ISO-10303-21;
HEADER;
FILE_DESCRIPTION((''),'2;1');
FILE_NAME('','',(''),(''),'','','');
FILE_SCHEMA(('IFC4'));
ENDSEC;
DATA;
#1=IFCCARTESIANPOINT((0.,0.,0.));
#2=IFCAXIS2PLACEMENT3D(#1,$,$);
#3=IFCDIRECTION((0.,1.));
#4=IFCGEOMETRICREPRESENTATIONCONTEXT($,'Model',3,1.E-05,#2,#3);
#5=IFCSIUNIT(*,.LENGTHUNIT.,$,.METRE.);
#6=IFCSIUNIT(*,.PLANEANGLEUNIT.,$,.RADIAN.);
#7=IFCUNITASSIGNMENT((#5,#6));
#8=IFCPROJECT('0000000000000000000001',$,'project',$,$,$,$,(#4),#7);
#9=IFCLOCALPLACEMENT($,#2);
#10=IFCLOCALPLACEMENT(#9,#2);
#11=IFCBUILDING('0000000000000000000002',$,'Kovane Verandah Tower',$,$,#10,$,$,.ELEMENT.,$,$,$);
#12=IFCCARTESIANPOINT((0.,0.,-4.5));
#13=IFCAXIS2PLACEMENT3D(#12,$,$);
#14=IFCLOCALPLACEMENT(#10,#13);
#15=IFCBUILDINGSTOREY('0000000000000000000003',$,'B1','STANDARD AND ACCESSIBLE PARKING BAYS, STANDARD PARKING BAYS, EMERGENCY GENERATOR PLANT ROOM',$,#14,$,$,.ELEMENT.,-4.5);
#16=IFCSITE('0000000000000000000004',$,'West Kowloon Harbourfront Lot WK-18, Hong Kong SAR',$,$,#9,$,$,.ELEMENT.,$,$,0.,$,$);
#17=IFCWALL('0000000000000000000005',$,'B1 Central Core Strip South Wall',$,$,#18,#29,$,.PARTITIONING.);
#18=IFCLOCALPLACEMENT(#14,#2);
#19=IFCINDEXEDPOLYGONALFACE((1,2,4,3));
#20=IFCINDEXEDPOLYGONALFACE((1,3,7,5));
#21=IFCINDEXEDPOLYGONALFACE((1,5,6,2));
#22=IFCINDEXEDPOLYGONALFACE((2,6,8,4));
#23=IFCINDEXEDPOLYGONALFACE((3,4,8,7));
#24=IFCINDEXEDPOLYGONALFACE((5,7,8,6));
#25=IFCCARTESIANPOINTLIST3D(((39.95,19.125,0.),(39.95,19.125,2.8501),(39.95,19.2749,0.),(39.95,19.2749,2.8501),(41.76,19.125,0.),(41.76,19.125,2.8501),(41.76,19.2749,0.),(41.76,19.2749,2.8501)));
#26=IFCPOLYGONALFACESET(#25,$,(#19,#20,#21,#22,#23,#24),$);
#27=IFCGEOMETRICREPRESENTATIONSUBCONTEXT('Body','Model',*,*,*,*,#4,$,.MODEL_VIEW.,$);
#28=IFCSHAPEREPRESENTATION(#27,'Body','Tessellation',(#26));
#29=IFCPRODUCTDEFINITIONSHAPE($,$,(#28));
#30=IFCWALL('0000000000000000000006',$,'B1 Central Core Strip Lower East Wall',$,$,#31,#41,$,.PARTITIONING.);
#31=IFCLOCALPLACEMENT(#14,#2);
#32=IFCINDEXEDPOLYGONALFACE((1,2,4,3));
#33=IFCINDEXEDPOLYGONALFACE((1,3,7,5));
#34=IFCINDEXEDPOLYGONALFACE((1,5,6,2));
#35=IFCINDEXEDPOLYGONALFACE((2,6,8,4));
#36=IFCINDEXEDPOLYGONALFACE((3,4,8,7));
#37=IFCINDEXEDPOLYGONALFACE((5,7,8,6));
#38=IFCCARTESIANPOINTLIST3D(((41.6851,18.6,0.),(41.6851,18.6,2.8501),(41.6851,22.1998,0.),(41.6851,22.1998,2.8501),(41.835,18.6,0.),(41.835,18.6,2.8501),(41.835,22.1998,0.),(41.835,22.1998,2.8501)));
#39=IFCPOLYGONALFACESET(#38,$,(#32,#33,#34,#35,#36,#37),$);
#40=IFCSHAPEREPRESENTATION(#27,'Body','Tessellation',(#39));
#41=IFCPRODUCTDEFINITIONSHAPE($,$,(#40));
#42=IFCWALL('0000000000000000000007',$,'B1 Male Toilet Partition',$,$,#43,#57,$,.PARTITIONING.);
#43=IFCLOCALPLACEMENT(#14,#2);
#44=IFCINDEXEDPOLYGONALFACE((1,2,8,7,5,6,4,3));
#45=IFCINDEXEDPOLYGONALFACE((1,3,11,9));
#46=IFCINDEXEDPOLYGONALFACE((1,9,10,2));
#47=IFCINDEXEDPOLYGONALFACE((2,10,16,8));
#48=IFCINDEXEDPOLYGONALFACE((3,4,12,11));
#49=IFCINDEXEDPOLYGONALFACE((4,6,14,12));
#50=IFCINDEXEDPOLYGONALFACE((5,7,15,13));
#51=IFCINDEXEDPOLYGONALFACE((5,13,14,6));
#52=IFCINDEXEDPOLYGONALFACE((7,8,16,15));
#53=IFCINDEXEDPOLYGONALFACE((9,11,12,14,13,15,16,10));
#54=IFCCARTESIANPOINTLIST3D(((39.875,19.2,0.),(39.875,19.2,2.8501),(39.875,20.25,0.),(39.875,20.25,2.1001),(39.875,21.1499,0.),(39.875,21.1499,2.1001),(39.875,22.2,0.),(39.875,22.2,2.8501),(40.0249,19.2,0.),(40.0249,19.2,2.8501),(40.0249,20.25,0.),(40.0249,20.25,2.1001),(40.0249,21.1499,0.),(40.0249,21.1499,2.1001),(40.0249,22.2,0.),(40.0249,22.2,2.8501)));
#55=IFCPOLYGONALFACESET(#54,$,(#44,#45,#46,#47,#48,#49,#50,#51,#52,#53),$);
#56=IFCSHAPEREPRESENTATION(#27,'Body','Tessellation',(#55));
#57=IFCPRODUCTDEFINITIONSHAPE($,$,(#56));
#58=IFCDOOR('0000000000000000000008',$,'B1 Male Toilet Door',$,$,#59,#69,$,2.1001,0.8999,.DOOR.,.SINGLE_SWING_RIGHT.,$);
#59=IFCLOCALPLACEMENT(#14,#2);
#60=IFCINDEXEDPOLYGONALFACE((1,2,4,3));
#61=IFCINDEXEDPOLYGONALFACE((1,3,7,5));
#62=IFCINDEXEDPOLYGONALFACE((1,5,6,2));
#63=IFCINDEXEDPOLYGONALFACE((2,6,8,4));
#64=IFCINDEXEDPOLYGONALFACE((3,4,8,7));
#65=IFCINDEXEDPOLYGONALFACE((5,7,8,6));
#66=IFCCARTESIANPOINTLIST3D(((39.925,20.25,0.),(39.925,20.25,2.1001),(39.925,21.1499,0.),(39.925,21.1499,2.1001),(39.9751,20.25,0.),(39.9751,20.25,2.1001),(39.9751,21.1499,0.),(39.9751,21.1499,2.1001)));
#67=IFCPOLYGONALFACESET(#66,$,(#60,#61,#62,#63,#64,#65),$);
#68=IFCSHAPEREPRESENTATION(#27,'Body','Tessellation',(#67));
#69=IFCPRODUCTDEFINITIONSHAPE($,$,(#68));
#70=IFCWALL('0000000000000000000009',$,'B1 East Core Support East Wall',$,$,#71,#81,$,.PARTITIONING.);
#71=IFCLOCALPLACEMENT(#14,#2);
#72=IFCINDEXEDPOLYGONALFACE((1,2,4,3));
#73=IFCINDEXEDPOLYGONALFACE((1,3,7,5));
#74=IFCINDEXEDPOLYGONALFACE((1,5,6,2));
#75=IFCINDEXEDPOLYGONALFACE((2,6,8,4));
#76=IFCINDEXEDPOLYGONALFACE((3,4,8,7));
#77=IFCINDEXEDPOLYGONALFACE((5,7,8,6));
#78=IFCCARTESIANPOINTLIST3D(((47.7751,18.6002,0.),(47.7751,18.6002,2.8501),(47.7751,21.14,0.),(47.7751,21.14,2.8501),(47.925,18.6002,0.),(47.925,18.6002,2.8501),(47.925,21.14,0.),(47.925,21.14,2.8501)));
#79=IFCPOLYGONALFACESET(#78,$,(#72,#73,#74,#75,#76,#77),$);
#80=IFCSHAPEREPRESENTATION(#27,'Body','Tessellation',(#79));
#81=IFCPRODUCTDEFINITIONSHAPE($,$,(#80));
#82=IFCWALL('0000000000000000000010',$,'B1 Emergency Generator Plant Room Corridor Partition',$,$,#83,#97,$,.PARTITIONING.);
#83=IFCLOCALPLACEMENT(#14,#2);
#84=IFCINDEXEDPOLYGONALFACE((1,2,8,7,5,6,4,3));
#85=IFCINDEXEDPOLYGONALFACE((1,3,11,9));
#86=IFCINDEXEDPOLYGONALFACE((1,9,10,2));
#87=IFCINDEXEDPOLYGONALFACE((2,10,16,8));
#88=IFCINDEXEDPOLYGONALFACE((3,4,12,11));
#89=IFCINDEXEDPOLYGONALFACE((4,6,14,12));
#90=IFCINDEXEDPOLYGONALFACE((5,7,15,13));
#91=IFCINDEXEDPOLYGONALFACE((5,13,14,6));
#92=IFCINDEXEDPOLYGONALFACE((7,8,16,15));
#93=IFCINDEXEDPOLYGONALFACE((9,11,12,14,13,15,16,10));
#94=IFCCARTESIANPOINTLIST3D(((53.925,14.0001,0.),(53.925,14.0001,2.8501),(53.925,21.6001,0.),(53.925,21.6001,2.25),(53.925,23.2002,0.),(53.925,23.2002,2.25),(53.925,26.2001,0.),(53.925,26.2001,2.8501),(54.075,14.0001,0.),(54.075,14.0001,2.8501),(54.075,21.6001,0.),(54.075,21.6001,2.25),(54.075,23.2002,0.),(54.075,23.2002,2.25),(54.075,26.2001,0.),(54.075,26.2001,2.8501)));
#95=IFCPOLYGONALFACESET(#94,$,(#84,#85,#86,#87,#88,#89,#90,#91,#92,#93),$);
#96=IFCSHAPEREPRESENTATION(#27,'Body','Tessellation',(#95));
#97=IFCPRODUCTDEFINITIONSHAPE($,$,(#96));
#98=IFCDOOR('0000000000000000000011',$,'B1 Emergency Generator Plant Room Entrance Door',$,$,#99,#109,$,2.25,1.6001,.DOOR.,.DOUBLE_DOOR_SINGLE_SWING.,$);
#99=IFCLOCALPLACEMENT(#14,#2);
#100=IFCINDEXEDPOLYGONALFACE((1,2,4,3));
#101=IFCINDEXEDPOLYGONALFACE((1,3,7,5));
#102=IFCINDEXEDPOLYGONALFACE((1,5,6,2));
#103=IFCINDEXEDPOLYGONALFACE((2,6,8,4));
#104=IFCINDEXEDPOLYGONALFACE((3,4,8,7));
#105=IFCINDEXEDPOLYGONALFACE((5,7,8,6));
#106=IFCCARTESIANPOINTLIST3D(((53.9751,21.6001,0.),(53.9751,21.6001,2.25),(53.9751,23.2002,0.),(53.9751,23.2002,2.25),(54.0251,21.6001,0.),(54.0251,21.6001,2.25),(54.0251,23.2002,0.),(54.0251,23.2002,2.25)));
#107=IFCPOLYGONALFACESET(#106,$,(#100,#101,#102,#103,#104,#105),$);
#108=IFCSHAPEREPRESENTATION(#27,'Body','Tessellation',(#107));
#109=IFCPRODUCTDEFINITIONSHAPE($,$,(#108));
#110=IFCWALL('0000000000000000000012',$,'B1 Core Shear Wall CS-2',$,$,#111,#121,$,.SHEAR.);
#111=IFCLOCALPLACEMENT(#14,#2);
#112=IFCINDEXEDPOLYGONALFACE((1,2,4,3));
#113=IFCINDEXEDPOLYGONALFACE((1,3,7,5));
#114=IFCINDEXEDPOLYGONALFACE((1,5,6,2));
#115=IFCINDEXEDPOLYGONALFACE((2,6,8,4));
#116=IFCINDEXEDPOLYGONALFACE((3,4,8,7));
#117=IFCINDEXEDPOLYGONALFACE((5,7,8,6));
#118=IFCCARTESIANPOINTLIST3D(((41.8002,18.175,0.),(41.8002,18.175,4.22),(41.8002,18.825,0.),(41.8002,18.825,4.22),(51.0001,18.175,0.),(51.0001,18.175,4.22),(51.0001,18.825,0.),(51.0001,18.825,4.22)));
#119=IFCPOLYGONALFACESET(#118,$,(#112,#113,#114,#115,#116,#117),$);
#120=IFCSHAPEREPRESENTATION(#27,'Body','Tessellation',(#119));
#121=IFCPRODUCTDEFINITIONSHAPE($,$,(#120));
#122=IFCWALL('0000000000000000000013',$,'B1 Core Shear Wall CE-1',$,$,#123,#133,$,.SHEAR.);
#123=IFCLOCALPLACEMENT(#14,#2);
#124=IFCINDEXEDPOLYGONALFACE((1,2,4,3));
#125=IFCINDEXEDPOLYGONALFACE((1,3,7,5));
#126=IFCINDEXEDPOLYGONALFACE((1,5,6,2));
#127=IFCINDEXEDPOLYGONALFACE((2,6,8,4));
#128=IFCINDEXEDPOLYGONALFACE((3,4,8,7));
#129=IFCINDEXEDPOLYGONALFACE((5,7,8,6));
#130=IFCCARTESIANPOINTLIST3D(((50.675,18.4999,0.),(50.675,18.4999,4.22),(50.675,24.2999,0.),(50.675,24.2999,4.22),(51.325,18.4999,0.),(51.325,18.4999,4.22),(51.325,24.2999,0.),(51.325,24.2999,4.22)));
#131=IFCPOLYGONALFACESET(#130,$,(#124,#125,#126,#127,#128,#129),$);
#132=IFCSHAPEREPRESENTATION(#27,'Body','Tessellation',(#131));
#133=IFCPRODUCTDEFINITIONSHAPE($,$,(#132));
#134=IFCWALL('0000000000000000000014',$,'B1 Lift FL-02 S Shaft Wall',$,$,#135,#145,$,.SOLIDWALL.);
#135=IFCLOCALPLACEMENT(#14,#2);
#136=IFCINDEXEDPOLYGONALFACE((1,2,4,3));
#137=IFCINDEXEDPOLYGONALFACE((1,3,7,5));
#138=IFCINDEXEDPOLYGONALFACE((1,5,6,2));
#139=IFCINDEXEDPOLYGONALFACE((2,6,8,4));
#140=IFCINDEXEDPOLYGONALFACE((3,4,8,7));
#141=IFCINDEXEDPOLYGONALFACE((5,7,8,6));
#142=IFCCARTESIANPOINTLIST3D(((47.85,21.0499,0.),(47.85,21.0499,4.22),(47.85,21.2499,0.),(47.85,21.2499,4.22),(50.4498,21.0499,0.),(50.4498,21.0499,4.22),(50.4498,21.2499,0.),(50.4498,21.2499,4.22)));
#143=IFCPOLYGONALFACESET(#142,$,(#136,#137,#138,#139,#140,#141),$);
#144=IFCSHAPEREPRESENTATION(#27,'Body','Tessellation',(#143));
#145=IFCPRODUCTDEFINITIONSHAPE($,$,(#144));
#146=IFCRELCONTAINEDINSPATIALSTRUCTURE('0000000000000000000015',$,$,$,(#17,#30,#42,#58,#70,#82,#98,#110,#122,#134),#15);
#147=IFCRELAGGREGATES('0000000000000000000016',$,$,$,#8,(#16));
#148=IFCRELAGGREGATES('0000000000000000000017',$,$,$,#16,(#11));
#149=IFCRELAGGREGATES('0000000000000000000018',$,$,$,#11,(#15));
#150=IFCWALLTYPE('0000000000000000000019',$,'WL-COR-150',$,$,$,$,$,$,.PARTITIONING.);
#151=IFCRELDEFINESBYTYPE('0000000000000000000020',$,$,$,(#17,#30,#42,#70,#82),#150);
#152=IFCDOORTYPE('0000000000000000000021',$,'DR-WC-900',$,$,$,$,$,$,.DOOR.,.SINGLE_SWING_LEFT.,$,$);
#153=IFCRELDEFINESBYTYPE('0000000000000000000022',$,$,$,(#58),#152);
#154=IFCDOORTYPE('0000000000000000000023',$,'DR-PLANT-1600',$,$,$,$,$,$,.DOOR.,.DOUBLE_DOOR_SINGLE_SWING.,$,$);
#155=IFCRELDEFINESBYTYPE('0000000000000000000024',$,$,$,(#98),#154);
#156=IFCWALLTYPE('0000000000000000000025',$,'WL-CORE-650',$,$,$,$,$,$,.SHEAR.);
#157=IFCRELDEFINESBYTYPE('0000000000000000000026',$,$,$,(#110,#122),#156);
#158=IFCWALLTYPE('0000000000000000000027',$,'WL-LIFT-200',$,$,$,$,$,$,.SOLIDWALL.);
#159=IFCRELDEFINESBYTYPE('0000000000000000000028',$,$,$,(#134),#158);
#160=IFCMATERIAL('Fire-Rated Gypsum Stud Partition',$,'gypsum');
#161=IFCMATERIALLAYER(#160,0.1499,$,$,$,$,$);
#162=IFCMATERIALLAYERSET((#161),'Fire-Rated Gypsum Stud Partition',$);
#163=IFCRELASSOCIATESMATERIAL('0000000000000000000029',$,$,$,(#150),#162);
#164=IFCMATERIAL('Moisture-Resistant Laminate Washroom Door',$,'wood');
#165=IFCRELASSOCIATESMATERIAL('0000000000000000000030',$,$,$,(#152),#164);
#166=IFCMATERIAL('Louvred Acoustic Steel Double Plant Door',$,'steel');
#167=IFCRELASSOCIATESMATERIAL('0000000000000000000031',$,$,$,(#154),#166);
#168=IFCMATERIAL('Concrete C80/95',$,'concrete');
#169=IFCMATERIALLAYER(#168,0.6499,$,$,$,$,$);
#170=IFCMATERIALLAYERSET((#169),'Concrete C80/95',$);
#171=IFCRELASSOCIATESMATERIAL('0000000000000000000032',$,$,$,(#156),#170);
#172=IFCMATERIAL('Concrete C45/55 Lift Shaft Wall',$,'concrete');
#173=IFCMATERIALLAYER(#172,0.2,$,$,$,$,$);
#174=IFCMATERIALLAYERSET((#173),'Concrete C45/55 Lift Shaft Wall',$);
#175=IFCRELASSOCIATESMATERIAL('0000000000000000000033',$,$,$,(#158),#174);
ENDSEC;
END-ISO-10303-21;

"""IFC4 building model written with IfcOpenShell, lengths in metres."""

from ifc_helpers import new_model, si_unit, direction, frame, frame_2d, origin, place, context, subcontext, project, spatial, rectangle, extrude, material, layer, layer_set, type_object, element, fill, save


model = new_model("IFC4")

# Units and contexts
model_context = context("Model", 3, precision=1e-05, world=origin(), true_north=direction((0.0, 1.0)))
body_context = subcontext(model_context, "Body", "Model", "MODEL_VIEW")
ifc_project = project(units=[si_unit("LENGTHUNIT", "METRE"), si_unit("PLANEANGLEUNIT", "RADIAN")], contexts=[model_context])

# Site, building, storey
site_placement = place(None, origin())
site = spatial("IfcSite", under=ifc_project, at=site_placement, Name="West Kowloon Harbourfront Lot WK-18, Hong Kong SAR", CompositionType="ELEMENT", RefElevation=0.0)
building_placement = place(site_placement, origin())
building = spatial("IfcBuilding", under=site, at=building_placement, Name="Kovane Verandah Tower", CompositionType="ELEMENT")
storey_placement = place(building_placement, frame((0.0, 0.0, -4.5)))
storey = spatial("IfcBuildingStorey", under=building, at=storey_placement, Name="B1", Description="STANDARD AND ACCESSIBLE PARKING BAYS, STANDARD PARKING BAYS, EMERGENCY GENERATOR PLANT ROOM", CompositionType="ELEMENT", Elevation=-4.5)

# Shared definitions
ifc_material_1 = material(Name="Concrete C80/95", Category="concrete")

# Walls
ifc_material_2 = material(Name="Fire-Rated Gypsum Stud Partition", Category="gypsum")
ifc_layer_1 = layer(ifc_material_2, 0.1499)
ifc_layer_set_1 = layer_set([ifc_layer_1], Name="Fire-Rated Gypsum Stud Partition")
wall_type_1 = type_object("IfcWallType", Name="WL-COR-150", PredefinedType="PARTITIONING", material=ifc_layer_set_1)
wall_1_placement = place(storey_placement, frame((39.95, 19.2, 0.0), z_axis=(0.0, 0.0, 1.0), x_axis=(1.0, 0.0, 0.0)))
element("IfcWall", 1, at=wall_1_placement, inside=storey, type_object=wall_type_1, Name="B1 Central Core Strip South Wall", PredefinedType="PARTITIONING", context=body_context, shape_type="SweptSolid", body=[
    extrude(rectangle(XDim=1.8101, YDim=0.1499, at=frame_2d((0.905, 0.0))), origin(), (0.0, 0.0, 1.0), 2.8501),
])
wall_2_placement = place(storey_placement, frame((41.76, 18.6001, 0.0), z_axis=(0.0, 0.0, 1.0), x_axis=(0.0, 1.0, 0.0)))
element("IfcWall", 2, at=wall_2_placement, inside=storey, type_object=wall_type_1, Name="B1 Central Core Strip Lower East Wall", PredefinedType="PARTITIONING", context=body_context, shape_type="SweptSolid", body=[
    extrude(rectangle(XDim=3.5999, YDim=0.1499, at=frame_2d((1.7998, 0.0))), origin(), (0.0, 0.0, 1.0), 2.8501),
])

# Wall, opening, door
wall_3_placement = place(storey_placement, frame((39.95, 19.2, 0.0), z_axis=(0.0, 0.0, 1.0), x_axis=(0.0, 1.0, 0.0)))
wall_3 = element("IfcWall", 3, at=wall_3_placement, inside=storey, type_object=wall_type_1, Name="B1 Male Toilet Partition", PredefinedType="PARTITIONING", context=body_context, shape_type="SweptSolid", body=[
    extrude(rectangle(XDim=3.0, YDim=0.1499, at=frame_2d((1.5, 0.0))), origin(), (0.0, 0.0, 1.0), 2.8501),
])
opening_1_placement = place(wall_3_placement, frame((1.05, 0.0, 0.0)))
opening_1 = element("IfcOpeningElement", 4, at=opening_1_placement, cuts=wall_3, PredefinedType="OPENING", context=body_context, shape_type="SweptSolid", body=[
    extrude(rectangle(XDim=0.8999, YDim=2.1001, at=frame_2d((0.45, 1.05))), frame((0.0, 0.075, 0.0), z_axis=(0.0, -1.0, 0.0), x_axis=(1.0, 0.0, 0.0)), (0.0, 0.0, 1.0), 0.1499),
])
ifc_material_3 = material(Name="Moisture-Resistant Laminate Washroom Door", Category="wood")
door_type_1 = type_object("IfcDoorType", Name="DR-WC-900", OperationType="SINGLE_SWING_LEFT", PredefinedType="DOOR", material=ifc_material_3)
door_1_placement = place(opening_1_placement, origin())
door_1 = element("IfcDoor", 5, at=door_1_placement, inside=storey, type_object=door_type_1, Name="B1 Male Toilet Door", OperationType="SINGLE_SWING_RIGHT", OverallHeight=2.1001, OverallWidth=0.8999, PredefinedType="DOOR", context=body_context, shape_type="SweptSolid", body=[
    extrude(rectangle(XDim=0.8999, YDim=2.1001, at=frame_2d((0.45, 1.05))), frame((0.0, 0.0249, 0.0), z_axis=(0.0, -1.0, 0.0), x_axis=(1.0, 0.0, 0.0)), (0.0, 0.0, 1.0), 0.05),
])
fill(opening_1, door_1)

# Wall
wall_4_placement = place(storey_placement, frame((47.8501, 18.6001, 0.0), z_axis=(0.0, 0.0, 1.0), x_axis=(0.0, 1.0, 0.0)))
element("IfcWall", 6, at=wall_4_placement, inside=storey, type_object=wall_type_1, Name="B1 East Core Support East Wall", PredefinedType="PARTITIONING", context=body_context, shape_type="SweptSolid", body=[
    extrude(rectangle(XDim=2.5398, YDim=0.1499, at=frame_2d((1.27, 0.0))), origin(), (0.0, 0.0, 1.0), 2.8501),
])

# Wall, opening, door
wall_5_placement = place(storey_placement, frame((54.0, 14.0, 0.0), z_axis=(0.0, 0.0, 1.0), x_axis=(0.0, 1.0, 0.0)))
wall_5 = element("IfcWall", 7, at=wall_5_placement, inside=storey, type_object=wall_type_1, Name="B1 Emergency Generator Plant Room Corridor Partition", PredefinedType="PARTITIONING", context=body_context, shape_type="SweptSolid", body=[
    extrude(rectangle(XDim=12.2, YDim=0.1499, at=frame_2d((6.1001, 0.0))), origin(), (0.0, 0.0, 1.0), 2.8501),
])
opening_2_placement = place(wall_5_placement, frame((7.6001, 0.0, 0.0)))
opening_2 = element("IfcOpeningElement", 8, at=opening_2_placement, cuts=wall_5, PredefinedType="OPENING", context=body_context, shape_type="SweptSolid", body=[
    extrude(rectangle(XDim=1.6001, YDim=2.25, at=frame_2d((0.8, 1.125))), frame((0.0, 0.075, 0.0), z_axis=(0.0, -1.0, 0.0), x_axis=(1.0, 0.0, 0.0)), (0.0, 0.0, 1.0), 0.1499),
])
ifc_material_4 = material(Name="Louvred Acoustic Steel Double Plant Door", Category="steel")
door_type_2 = type_object("IfcDoorType", Name="DR-PLANT-1600", OperationType="DOUBLE_DOOR_SINGLE_SWING", PredefinedType="DOOR", material=ifc_material_4)
door_2_placement = place(opening_2_placement, origin())
door_2 = element("IfcDoor", 9, at=door_2_placement, inside=storey, type_object=door_type_2, Name="B1 Emergency Generator Plant Room Entrance Door", OperationType="DOUBLE_DOOR_SINGLE_SWING", OverallHeight=2.25, OverallWidth=1.6001, PredefinedType="DOOR", context=body_context, shape_type="SweptSolid", body=[
    extrude(rectangle(XDim=1.6001, YDim=2.25, at=frame_2d((0.8, 1.125))), frame((0.0, 0.0249, 0.0), z_axis=(0.0, -1.0, 0.0), x_axis=(1.0, 0.0, 0.0)), (0.0, 0.0, 1.0), 0.05),
])
fill(opening_2, door_2)

# Walls
ifc_layer_2 = layer(ifc_material_1, 0.6499)
ifc_layer_set_2 = layer_set([ifc_layer_2], Name="Concrete C80/95")
wall_type_2 = type_object("IfcWallType", Name="WL-CORE-650", PredefinedType="SHEAR", material=ifc_layer_set_2)
wall_6_placement = place(storey_placement, frame((41.8, 18.5, 0.0), z_axis=(0.0, 0.0, 1.0), x_axis=(1.0, 0.0, 0.0)))
element("IfcWall", 10, at=wall_6_placement, inside=storey, type_object=wall_type_2, Name="B1 Core Shear Wall CS-2", PredefinedType="SHEAR", context=body_context, shape_type="SweptSolid", body=[
    extrude(rectangle(XDim=9.2, YDim=0.6499, at=frame_2d((4.6001, 0.0))), origin(), (0.0, 0.0, 1.0), 4.22),
])
wall_7_placement = place(storey_placement, frame((51.0, 18.5, 0.0), z_axis=(0.0, 0.0, 1.0), x_axis=(0.0, 1.0, 0.0)))
element("IfcWall", 11, at=wall_7_placement, inside=storey, type_object=wall_type_2, Name="B1 Core Shear Wall CE-1", PredefinedType="SHEAR", context=body_context, shape_type="SweptSolid", body=[
    extrude(rectangle(XDim=5.8, YDim=0.6499, at=frame_2d((2.8999, 0.0))), origin(), (0.0, 0.0, 1.0), 4.22),
])
ifc_material_5 = material(Name="Concrete C45/55 Lift Shaft Wall", Category="concrete")
ifc_layer_3 = layer(ifc_material_5, 0.2)
ifc_layer_set_3 = layer_set([ifc_layer_3], Name="Concrete C45/55 Lift Shaft Wall")
wall_type_3 = type_object("IfcWallType", Name="WL-LIFT-200", PredefinedType="SOLIDWALL", material=ifc_layer_set_3)
wall_8_placement = place(storey_placement, frame((47.8501, 21.1499, 0.0), z_axis=(0.0, 0.0, 1.0), x_axis=(1.0, 0.0, 0.0)))
element("IfcWall", 12, at=wall_8_placement, inside=storey, type_object=wall_type_3, Name="B1 Lift FL-02 S Shaft Wall", PredefinedType="SOLIDWALL", context=body_context, shape_type="SweptSolid", body=[
    extrude(rectangle(XDim=2.5999, YDim=0.2, at=frame_2d((1.2998, 0.0))), origin(), (0.0, 0.0, 1.0), 4.22),
])

save(model, "model.ifc")
